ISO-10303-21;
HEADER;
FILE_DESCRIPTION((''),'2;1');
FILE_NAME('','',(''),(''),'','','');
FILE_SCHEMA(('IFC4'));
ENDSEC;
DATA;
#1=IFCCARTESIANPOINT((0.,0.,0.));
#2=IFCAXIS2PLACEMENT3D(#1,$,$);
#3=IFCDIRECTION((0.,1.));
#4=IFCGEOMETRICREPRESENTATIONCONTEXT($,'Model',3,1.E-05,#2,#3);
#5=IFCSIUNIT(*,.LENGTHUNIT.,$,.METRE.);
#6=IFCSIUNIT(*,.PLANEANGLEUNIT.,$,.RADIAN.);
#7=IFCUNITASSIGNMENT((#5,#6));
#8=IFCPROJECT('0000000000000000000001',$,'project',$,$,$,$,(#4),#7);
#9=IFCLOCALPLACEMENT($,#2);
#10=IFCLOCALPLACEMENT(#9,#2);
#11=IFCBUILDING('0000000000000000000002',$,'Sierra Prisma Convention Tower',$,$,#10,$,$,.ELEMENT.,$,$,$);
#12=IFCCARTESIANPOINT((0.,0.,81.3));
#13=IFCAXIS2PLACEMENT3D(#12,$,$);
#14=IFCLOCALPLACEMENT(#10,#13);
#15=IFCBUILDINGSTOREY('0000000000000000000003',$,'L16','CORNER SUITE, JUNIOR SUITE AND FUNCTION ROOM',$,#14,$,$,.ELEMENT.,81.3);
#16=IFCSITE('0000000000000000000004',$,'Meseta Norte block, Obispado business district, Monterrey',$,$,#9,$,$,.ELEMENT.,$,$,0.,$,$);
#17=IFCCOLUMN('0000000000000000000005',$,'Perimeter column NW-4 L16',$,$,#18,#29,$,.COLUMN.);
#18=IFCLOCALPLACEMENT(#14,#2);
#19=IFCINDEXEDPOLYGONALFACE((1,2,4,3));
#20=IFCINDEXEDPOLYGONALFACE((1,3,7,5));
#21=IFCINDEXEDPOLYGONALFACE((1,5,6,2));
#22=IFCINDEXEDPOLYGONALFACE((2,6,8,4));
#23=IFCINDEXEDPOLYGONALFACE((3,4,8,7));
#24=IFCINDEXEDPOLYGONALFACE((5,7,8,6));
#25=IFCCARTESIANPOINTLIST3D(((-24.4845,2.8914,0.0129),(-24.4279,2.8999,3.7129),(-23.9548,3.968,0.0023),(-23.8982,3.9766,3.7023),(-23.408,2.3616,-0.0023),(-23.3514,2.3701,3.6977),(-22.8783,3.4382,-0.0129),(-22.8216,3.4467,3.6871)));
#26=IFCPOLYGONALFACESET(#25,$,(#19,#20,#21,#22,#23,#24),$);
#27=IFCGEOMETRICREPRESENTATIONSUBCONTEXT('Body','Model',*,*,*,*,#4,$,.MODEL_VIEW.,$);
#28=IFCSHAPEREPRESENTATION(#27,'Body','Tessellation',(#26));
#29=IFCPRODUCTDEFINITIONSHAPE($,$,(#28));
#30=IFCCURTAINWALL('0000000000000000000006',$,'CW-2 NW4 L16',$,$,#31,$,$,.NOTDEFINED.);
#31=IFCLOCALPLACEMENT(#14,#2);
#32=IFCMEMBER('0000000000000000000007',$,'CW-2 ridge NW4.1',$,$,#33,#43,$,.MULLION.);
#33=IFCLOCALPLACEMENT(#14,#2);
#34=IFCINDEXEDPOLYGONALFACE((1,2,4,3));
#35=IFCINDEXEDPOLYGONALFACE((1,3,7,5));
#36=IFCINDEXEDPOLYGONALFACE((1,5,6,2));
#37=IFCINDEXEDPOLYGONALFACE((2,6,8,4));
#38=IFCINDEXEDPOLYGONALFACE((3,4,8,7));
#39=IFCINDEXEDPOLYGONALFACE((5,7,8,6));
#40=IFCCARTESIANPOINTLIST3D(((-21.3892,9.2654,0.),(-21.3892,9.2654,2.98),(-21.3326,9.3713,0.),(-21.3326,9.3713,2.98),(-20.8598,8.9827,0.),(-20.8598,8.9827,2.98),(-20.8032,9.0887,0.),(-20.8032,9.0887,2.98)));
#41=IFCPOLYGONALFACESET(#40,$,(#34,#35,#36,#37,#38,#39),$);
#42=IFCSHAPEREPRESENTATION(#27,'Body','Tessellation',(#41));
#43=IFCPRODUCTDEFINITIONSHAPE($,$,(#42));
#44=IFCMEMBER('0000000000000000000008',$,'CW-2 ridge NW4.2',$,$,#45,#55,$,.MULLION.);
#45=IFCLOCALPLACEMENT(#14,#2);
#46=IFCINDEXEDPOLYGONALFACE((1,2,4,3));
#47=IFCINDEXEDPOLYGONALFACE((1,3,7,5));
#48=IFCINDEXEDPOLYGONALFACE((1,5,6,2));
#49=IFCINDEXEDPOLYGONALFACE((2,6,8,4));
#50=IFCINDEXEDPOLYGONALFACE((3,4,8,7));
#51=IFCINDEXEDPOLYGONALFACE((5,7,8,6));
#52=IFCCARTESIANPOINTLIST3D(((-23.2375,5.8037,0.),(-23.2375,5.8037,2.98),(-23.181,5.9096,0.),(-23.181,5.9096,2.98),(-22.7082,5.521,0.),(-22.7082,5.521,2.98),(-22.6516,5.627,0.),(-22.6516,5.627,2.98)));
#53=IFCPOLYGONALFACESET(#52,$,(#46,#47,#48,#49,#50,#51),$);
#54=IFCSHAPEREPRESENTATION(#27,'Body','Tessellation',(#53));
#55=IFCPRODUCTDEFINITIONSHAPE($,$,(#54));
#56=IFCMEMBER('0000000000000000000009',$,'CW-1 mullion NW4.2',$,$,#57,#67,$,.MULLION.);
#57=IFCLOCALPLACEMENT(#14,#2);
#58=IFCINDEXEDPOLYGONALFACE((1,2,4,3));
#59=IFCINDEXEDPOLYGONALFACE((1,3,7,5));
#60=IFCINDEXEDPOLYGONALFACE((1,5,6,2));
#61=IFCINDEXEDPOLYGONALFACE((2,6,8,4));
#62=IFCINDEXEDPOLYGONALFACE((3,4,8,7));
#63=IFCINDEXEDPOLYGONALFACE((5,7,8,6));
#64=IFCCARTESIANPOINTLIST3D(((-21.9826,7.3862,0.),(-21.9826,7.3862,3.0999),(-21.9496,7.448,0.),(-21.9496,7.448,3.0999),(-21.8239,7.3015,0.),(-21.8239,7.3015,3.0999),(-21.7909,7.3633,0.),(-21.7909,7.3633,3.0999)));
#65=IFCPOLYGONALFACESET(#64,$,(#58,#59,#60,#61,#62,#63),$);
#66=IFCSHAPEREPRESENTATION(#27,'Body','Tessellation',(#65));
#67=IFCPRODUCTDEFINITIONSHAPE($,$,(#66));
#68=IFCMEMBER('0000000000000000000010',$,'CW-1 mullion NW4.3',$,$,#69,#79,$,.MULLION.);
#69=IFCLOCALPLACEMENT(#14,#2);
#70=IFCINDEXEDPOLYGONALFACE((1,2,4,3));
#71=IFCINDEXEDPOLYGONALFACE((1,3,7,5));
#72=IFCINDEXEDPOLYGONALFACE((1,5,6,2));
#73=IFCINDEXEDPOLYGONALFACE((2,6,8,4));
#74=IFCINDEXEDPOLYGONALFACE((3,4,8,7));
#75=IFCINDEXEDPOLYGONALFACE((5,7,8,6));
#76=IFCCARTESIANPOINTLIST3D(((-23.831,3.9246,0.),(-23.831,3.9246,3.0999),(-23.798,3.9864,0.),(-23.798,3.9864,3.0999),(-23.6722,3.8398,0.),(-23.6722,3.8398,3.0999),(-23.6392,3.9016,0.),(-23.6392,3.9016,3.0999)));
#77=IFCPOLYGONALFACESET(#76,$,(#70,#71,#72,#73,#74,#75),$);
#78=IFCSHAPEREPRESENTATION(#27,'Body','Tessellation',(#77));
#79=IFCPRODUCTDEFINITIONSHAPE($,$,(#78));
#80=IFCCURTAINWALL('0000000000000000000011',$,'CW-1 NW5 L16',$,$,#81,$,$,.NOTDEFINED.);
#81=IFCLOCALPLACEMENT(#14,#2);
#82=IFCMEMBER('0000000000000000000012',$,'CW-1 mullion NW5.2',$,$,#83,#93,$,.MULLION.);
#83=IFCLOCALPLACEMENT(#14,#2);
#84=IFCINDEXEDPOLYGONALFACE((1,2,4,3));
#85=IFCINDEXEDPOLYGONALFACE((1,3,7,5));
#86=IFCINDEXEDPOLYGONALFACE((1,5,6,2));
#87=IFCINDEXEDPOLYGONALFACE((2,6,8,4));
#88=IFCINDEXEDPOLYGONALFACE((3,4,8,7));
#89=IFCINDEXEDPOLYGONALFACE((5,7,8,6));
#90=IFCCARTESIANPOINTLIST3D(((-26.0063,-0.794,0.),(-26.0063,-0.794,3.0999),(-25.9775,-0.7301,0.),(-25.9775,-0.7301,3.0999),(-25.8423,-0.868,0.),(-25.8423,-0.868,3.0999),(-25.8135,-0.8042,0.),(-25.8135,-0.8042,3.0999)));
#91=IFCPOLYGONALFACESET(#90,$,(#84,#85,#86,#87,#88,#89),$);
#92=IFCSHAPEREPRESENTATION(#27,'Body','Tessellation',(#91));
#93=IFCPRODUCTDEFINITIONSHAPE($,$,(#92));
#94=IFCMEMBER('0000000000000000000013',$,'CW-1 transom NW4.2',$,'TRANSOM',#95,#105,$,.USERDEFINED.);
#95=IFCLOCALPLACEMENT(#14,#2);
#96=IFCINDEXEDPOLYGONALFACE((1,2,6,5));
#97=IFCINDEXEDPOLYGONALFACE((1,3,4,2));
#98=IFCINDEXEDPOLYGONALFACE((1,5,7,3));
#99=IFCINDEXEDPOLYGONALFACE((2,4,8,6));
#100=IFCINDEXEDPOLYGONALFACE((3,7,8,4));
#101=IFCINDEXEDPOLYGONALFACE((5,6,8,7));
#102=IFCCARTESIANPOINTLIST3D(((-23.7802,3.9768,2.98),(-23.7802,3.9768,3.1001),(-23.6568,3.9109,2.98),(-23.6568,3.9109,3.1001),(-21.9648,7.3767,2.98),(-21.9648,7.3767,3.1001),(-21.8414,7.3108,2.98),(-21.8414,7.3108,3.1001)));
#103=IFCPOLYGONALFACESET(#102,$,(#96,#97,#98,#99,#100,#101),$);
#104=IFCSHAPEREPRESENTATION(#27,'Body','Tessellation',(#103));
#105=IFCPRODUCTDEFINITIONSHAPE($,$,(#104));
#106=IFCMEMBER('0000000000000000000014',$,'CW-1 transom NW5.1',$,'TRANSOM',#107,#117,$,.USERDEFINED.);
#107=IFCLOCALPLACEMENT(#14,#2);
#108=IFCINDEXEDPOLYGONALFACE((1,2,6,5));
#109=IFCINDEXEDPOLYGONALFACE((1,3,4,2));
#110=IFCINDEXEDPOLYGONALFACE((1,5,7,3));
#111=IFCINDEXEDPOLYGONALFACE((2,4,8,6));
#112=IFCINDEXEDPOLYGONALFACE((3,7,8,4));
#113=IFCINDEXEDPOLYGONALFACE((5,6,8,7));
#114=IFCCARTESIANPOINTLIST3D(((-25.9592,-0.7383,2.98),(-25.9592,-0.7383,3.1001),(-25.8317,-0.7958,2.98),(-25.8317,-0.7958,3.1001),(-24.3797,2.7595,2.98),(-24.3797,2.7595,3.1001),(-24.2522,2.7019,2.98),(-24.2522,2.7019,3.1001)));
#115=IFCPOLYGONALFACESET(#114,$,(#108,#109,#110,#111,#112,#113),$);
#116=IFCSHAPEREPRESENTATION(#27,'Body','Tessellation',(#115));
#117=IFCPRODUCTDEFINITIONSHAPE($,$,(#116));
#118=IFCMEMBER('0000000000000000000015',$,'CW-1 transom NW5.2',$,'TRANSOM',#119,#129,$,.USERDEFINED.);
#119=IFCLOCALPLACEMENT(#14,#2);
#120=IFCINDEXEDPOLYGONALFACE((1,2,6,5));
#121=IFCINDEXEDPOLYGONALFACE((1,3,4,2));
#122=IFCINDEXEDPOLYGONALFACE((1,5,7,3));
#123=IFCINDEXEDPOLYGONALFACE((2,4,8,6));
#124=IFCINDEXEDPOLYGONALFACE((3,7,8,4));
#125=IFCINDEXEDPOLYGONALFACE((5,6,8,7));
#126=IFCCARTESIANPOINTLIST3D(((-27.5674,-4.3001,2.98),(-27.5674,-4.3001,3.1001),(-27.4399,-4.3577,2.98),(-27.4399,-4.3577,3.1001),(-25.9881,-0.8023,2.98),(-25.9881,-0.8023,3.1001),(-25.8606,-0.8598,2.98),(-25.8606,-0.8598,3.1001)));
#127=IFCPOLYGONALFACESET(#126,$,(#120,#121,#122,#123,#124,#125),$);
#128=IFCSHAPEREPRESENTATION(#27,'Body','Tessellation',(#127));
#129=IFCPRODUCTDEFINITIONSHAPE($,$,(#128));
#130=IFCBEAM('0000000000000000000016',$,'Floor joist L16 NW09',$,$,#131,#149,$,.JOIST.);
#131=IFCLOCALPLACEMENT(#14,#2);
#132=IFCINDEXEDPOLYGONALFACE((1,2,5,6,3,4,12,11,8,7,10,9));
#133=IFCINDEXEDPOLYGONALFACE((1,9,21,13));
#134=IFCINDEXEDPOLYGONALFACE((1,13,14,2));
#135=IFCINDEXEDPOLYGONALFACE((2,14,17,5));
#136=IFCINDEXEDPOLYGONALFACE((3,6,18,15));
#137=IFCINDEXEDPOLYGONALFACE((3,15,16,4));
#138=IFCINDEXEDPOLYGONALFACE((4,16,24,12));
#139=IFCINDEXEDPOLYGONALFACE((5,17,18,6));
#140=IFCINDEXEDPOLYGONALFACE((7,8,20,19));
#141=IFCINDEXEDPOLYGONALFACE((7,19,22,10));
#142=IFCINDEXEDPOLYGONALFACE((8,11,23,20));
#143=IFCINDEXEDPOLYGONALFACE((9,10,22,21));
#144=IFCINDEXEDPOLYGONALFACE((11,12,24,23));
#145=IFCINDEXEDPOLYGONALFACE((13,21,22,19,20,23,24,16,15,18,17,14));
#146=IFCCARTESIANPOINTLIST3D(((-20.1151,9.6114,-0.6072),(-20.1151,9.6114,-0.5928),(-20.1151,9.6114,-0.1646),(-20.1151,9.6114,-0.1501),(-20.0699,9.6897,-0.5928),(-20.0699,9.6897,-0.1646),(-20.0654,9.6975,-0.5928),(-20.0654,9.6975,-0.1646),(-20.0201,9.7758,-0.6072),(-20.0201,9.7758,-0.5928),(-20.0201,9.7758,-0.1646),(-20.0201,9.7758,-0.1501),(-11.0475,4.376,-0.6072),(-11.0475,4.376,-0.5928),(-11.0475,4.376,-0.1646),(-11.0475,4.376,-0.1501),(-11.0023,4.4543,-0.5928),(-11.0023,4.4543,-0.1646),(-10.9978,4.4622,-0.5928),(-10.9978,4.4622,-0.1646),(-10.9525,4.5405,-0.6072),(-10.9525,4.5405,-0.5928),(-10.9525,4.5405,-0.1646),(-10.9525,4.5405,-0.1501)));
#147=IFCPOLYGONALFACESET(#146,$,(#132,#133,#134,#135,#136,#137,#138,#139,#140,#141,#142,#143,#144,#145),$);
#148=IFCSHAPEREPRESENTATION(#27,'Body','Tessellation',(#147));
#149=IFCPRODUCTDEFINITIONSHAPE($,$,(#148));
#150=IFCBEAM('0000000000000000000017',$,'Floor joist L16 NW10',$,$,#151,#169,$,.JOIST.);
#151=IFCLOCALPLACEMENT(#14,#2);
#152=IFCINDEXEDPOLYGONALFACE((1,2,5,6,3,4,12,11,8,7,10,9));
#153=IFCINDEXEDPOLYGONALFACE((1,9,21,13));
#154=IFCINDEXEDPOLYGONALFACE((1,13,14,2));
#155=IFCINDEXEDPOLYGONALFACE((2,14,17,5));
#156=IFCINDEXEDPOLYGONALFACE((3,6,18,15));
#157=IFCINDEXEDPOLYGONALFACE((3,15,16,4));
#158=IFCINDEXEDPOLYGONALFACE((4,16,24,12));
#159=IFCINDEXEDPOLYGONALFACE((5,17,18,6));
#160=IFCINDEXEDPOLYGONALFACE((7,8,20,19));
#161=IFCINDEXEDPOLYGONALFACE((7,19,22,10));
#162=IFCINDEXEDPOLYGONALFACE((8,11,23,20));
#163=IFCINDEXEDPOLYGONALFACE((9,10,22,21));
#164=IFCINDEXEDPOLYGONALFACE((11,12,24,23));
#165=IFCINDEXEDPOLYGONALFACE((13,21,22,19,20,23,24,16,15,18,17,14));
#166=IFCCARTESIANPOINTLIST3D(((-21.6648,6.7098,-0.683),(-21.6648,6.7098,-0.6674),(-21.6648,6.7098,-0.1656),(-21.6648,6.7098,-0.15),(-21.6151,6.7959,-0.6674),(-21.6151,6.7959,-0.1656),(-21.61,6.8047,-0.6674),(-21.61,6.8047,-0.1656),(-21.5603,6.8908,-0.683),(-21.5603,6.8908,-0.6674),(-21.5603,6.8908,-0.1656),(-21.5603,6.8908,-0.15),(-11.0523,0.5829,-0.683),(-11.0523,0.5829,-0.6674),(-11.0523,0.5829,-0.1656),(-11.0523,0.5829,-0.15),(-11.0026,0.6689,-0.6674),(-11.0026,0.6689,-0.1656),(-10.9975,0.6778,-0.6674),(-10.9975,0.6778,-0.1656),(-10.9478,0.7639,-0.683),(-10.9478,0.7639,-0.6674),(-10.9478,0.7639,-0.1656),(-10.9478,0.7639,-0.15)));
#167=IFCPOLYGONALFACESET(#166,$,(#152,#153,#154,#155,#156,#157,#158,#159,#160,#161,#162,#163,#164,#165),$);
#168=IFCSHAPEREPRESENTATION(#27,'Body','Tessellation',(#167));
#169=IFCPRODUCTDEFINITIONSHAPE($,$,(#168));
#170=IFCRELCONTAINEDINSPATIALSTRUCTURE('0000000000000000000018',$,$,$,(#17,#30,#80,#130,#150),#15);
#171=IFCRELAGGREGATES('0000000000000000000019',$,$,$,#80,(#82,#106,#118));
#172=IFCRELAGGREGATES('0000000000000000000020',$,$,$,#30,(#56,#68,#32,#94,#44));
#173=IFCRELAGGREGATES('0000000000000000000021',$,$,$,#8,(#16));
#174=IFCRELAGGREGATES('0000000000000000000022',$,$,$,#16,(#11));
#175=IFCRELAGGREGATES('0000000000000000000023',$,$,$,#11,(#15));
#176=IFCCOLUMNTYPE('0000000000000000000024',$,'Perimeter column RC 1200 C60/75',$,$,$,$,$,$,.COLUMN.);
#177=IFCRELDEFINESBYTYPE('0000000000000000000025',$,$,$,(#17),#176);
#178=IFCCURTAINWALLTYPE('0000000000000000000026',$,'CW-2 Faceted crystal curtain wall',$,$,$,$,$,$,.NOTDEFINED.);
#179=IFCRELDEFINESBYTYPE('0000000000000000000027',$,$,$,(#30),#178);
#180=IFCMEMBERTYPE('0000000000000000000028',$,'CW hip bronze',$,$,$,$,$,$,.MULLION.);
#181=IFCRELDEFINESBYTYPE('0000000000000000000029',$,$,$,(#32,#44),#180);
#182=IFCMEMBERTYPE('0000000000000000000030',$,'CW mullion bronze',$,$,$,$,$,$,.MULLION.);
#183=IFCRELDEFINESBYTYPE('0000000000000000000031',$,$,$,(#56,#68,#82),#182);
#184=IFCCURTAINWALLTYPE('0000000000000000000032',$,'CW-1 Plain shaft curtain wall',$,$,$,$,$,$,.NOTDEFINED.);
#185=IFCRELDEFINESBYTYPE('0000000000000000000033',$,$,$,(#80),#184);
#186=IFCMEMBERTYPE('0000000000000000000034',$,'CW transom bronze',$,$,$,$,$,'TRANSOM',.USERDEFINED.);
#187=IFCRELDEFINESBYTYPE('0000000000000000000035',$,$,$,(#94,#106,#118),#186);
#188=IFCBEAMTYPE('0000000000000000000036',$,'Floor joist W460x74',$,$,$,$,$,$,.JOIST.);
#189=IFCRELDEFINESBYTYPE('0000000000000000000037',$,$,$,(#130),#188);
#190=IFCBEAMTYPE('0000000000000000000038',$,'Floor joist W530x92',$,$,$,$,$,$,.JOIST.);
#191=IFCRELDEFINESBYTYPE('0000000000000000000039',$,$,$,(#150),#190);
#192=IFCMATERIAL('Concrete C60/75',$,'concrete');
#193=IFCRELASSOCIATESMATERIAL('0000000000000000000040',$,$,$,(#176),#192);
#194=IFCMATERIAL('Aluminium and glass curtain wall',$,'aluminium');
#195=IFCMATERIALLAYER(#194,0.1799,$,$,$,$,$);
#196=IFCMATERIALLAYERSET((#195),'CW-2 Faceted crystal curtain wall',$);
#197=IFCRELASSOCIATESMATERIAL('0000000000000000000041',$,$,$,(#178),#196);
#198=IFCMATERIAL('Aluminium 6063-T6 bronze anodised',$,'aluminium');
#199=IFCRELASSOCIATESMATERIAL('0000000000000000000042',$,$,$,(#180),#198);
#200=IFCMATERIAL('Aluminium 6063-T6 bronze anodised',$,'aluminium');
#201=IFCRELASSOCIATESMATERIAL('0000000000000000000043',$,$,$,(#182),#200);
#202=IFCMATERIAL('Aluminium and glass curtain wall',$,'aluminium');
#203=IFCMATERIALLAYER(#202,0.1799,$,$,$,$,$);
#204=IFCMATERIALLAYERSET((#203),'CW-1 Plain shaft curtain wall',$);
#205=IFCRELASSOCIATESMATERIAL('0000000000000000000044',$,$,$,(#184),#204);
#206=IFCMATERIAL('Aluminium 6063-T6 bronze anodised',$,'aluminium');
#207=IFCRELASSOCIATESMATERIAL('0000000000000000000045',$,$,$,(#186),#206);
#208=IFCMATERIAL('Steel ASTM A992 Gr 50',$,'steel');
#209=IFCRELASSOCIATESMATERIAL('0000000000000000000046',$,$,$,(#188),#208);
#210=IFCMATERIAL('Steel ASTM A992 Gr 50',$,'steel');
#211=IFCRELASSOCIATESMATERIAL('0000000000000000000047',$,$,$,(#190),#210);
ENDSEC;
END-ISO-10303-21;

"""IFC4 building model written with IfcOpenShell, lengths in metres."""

from ifc_helpers import new_model, si_unit, direction, frame, origin, origin_2d, place, context, subcontext, project, spatial, rectangle, i_section, extrude, material, layer, layer_set, material_profile, profile_set, type_object, element, aggregate, save


model = new_model("IFC4")

# Units and contexts
model_context = context("Model", 3, precision=1e-05, world=origin(), true_north=direction((0.0, 1.0)))
body_context = subcontext(model_context, "Body", "Model", "MODEL_VIEW")
ifc_project = project(units=[si_unit("LENGTHUNIT", "METRE"), si_unit("PLANEANGLEUNIT", "RADIAN")], contexts=[model_context])

# Site, building, storey
site_placement = place(None, origin())
site = spatial("IfcSite", under=ifc_project, at=site_placement, Name="Meseta Norte block, Obispado business district, Monterrey", CompositionType="ELEMENT", RefElevation=0.0)
building_placement = place(site_placement, origin())
building = spatial("IfcBuilding", under=site, at=building_placement, Name="Sierra Prisma Convention Tower", CompositionType="ELEMENT")
storey_placement = place(building_placement, frame((0.0, 0.0, 81.3)))
storey = spatial("IfcBuildingStorey", under=building, at=storey_placement, Name="L16", Description="CORNER SUITE, JUNIOR SUITE AND FUNCTION ROOM", CompositionType="ELEMENT", Elevation=81.3)

# Column
ifc_material_1 = material(Name="Concrete C60/75", Category="concrete")
ifc_material_profile_1 = material_profile(ifc_material_1, rectangle(XDim=1.2, YDim=1.2, at=origin_2d()), Name="Perimeter column RC 1200 C60/75")
ifc_profile_set_1 = profile_set([ifc_material_profile_1], Name="Concrete C60/75")
column_type = type_object("IfcColumnType", Name="Perimeter column RC 1200 C60/75", PredefinedType="COLUMN", material=ifc_profile_set_1)
column_placement = place(storey_placement, frame((-23.6814, 3.1648, 0.0), z_axis=(0.015307, 0.002309, 0.99988), x_axis=(0.441467, 0.897234, -0.00883)))
element("IfcColumn", 1, at=column_placement, inside=storey, type_object=column_type, Name="Perimeter column NW-4 L16", PredefinedType="COLUMN", context=body_context, shape_type="SweptSolid", body=[
    extrude(rectangle(XDim=1.2, YDim=1.2, at=origin_2d()), origin(), (0.0, 0.0, 1.0), 3.7004),
])

# Curtain wall, members
ifc_material_2 = material(Name="Aluminium and glass curtain wall", Category="aluminium")
ifc_layer_1 = layer(ifc_material_2, 0.1799)
ifc_layer_set_1 = layer_set([ifc_layer_1], Name="CW-2 Faceted crystal curtain wall")
curtain_wall_type_1 = type_object("IfcCurtainWallType", Name="CW-2 Faceted crystal curtain wall", PredefinedType="NOTDEFINED", material=ifc_layer_set_1)
curtain_wall_1_placement = place(storey_placement, origin())
curtain_wall_1 = element("IfcCurtainWall", 2, at=curtain_wall_1_placement, inside=storey, type_object=curtain_wall_type_1, Name="CW-2 NW4 L16", PredefinedType="NOTDEFINED")
ifc_material_3 = material(Name="Aluminium 6063-T6 bronze anodised", Category="aluminium")
ifc_material_profile_2 = material_profile(ifc_material_3, rectangle(XDim=0.1201, YDim=0.6001, at=origin_2d()), Name="ALU RIDGE BLADE 120x600")
ifc_profile_set_2 = profile_set([ifc_material_profile_2], Name="Aluminium 6063-T6 bronze anodised")
member_type_1 = type_object("IfcMemberType", Name="CW hip bronze", PredefinedType="MULLION", material=ifc_profile_set_2)
member_1_placement = place(storey_placement, frame((-21.0962, 9.177, 0.0), z_axis=(0.0, 0.0, 1.0), x_axis=(-0.471018, -0.882123, 0.0)))
member_1 = element("IfcMember", 3, at=member_1_placement, type_object=member_type_1, Name="CW-2 ridge NW4.1", PredefinedType="MULLION", context=body_context, shape_type="SweptSolid", body=[
    extrude(rectangle(XDim=0.1201, YDim=0.6001, at=origin_2d()), origin(), (0.0, 0.0, 1.0), 2.98),
])
member_2_placement = place(storey_placement, frame((-22.9446, 5.7153, 0.0), z_axis=(0.0, 0.0, 1.0), x_axis=(-0.471018, -0.882123, 0.0)))
member_2 = element("IfcMember", 4, at=member_2_placement, type_object=member_type_1, Name="CW-2 ridge NW4.2", PredefinedType="MULLION", context=body_context, shape_type="SweptSolid", body=[
    extrude(rectangle(XDim=0.1201, YDim=0.6001, at=origin_2d()), origin(), (0.0, 0.0, 1.0), 2.98),
])
ifc_material_4 = material(Name="Aluminium 6063-T6 bronze anodised", Category="aluminium")
ifc_material_profile_3 = material_profile(ifc_material_4, rectangle(XDim=0.1799, YDim=0.0701, at=origin_2d()), Name="ALU MULLION 70x180")
ifc_profile_set_3 = profile_set([ifc_material_profile_3], Name="Aluminium 6063-T6 bronze anodised")
member_type_2 = type_object("IfcMemberType", Name="CW mullion bronze", PredefinedType="MULLION", material=ifc_profile_set_3)
member_3_placement = place(storey_placement, frame((-21.8867, 7.3748, 0.0), z_axis=(0.0, 0.0, 1.0), x_axis=(0.882123, -0.471018, 0.0)))
member_3 = element("IfcMember", 5, at=member_3_placement, type_object=member_type_2, Name="CW-1 mullion NW4.2", PredefinedType="MULLION", context=body_context, shape_type="SweptSolid", body=[
    extrude(rectangle(XDim=0.1799, YDim=0.0701, at=origin_2d()), origin(), (0.0, 0.0, 1.0), 3.0999),
])
member_4_placement = place(storey_placement, frame((-23.7351, 3.9131, 0.0), z_axis=(0.0, 0.0, 1.0), x_axis=(0.882123, -0.471018, 0.0)))
member_4 = element("IfcMember", 6, at=member_4_placement, type_object=member_type_2, Name="CW-1 mullion NW4.3", PredefinedType="MULLION", context=body_context, shape_type="SweptSolid", body=[
    extrude(rectangle(XDim=0.1799, YDim=0.0701, at=origin_2d()), origin(), (0.0, 0.0, 1.0), 3.0999),
])

# Curtain wall, member
ifc_material_5 = material(Name="Aluminium and glass curtain wall", Category="aluminium")
ifc_layer_2 = layer(ifc_material_5, 0.1799)
ifc_layer_set_2 = layer_set([ifc_layer_2], Name="CW-1 Plain shaft curtain wall")
curtain_wall_type_2 = type_object("IfcCurtainWallType", Name="CW-1 Plain shaft curtain wall", PredefinedType="NOTDEFINED", material=ifc_layer_set_2)
curtain_wall_2_placement = place(storey_placement, origin())
curtain_wall_2 = element("IfcCurtainWall", 7, at=curtain_wall_2_placement, inside=storey, type_object=curtain_wall_type_2, Name="CW-1 NW5 L16", PredefinedType="NOTDEFINED")
member_5_placement = place(storey_placement, frame((-25.9099, -0.7991, 0.0), z_axis=(0.0, 0.0, 1.0), x_axis=(0.911394, -0.411534, 0.0)))
member_5 = element("IfcMember", 8, at=member_5_placement, type_object=member_type_2, Name="CW-1 mullion NW5.2", PredefinedType="MULLION", context=body_context, shape_type="SweptSolid", body=[
    extrude(rectangle(XDim=0.1799, YDim=0.0701, at=origin_2d()), origin(), (0.0, 0.0, 1.0), 3.0999),
])

# Members
ifc_material_6 = material(Name="Aluminium 6063-T6 bronze anodised", Category="aluminium")
ifc_material_profile_4 = material_profile(ifc_material_6, rectangle(XDim=0.1399, YDim=0.1201, at=origin_2d()), Name="ALU TRANSOM 120x140")
ifc_profile_set_4 = profile_set([ifc_material_profile_4], Name="Aluminium 6063-T6 bronze anodised")
member_type_3 = type_object("IfcMemberType", Name="CW transom bronze", ElementType="TRANSOM", PredefinedType="USERDEFINED", material=ifc_profile_set_4)
member_6_placement = place(storey_placement, frame((-21.9031, 7.3438, 3.04), z_axis=(-0.471022, -0.882121, 0.0), x_axis=(0.882121, -0.471022, 0.0)))
member_6 = element("IfcMember", 9, at=member_6_placement, type_object=member_type_3, Name="CW-1 transom NW4.2", ObjectType="TRANSOM", PredefinedType="USERDEFINED", context=body_context, shape_type="SweptSolid", body=[
    extrude(rectangle(XDim=0.1399, YDim=0.1201, at=origin_2d()), origin(), (0.0, 0.0, 1.0), 3.8542),
])
member_7_placement = place(storey_placement, frame((-24.3159, 2.7307, 3.04), z_axis=(-0.411573, -0.911377, 0.0), x_axis=(0.911377, -0.411573, 0.0)))
member_7 = element("IfcMember", 10, at=member_7_placement, type_object=member_type_3, Name="CW-1 transom NW5.1", ObjectType="TRANSOM", PredefinedType="USERDEFINED", context=body_context, shape_type="SweptSolid", body=[
    extrude(rectangle(XDim=0.1399, YDim=0.1201, at=origin_2d()), origin(), (0.0, 0.0, 1.0), 3.8379),
])
member_8_placement = place(storey_placement, frame((-25.9243, -0.8311, 3.04), z_axis=(-0.41152, -0.911401, 0.0), x_axis=(0.911401, -0.41152, 0.0)))
member_8 = element("IfcMember", 11, at=member_8_placement, type_object=member_type_3, Name="CW-1 transom NW5.2", ObjectType="TRANSOM", PredefinedType="USERDEFINED", context=body_context, shape_type="SweptSolid", body=[
    extrude(rectangle(XDim=0.1399, YDim=0.1201, at=origin_2d()), origin(), (0.0, 0.0, 1.0), 3.8379),
])

# Beams
ifc_material_7 = material(Name="Steel ASTM A992 Gr 50", Category="steel")
ifc_material_profile_5 = material_profile(ifc_material_7, i_section(OverallWidth=0.1899, OverallDepth=0.457, WebThickness=0.009, FlangeThickness=0.0144, at=origin_2d()), Name="W460x74")
ifc_profile_set_5 = profile_set([ifc_material_profile_5], Name="Steel ASTM A992 Gr 50")
beam_type_1 = type_object("IfcBeamType", Name="Floor joist W460x74", PredefinedType="JOIST", material=ifc_profile_set_5)
beam_1_placement = place(storey_placement, frame((-20.0676, 9.6936, -0.3787), z_axis=(0.866019, -0.500011, 0.0), x_axis=(0.500011, 0.866019, 0.0)))
element("IfcBeam", 12, at=beam_1_placement, inside=storey, type_object=beam_type_1, Name="Floor joist L16 NW09", PredefinedType="JOIST", context=body_context, shape_type="SweptSolid", body=[
    extrude(i_section(OverallWidth=0.1899, OverallDepth=0.457, WebThickness=0.009, FlangeThickness=0.0144, at=origin_2d()), origin(), (0.0, 0.0, 1.0), 10.4705),
])
ifc_material_8 = material(Name="Steel ASTM A992 Gr 50", Category="steel")
ifc_material_profile_6 = material_profile(ifc_material_8, i_section(OverallWidth=0.209, OverallDepth=0.533, WebThickness=0.0103, FlangeThickness=0.0156, at=origin_2d()), Name="W530x92")
ifc_profile_set_6 = profile_set([ifc_material_profile_6], Name="Steel ASTM A992 Gr 50")
beam_type_2 = type_object("IfcBeamType", Name="Floor joist W530x92", PredefinedType="JOIST", material=ifc_profile_set_6)
beam_2_placement = place(storey_placement, frame((-21.6125, 6.8003, -0.4165), z_axis=(0.866033, -0.499987, 0.0), x_axis=(0.499987, 0.866033, 0.0)))
element("IfcBeam", 13, at=beam_2_placement, inside=storey, type_object=beam_type_2, Name="Floor joist L16 NW10", PredefinedType="JOIST", context=body_context, shape_type="SweptSolid", body=[
    extrude(i_section(OverallWidth=0.209, OverallDepth=0.533, WebThickness=0.0103, FlangeThickness=0.0156, at=origin_2d()), origin(), (0.0, 0.0, 1.0), 12.2542),
])

aggregate(curtain_wall_2, [member_5, member_7, member_8])
aggregate(curtain_wall_1, [member_3, member_4, member_1, member_6, member_2])

save(model, "model.ifc")
